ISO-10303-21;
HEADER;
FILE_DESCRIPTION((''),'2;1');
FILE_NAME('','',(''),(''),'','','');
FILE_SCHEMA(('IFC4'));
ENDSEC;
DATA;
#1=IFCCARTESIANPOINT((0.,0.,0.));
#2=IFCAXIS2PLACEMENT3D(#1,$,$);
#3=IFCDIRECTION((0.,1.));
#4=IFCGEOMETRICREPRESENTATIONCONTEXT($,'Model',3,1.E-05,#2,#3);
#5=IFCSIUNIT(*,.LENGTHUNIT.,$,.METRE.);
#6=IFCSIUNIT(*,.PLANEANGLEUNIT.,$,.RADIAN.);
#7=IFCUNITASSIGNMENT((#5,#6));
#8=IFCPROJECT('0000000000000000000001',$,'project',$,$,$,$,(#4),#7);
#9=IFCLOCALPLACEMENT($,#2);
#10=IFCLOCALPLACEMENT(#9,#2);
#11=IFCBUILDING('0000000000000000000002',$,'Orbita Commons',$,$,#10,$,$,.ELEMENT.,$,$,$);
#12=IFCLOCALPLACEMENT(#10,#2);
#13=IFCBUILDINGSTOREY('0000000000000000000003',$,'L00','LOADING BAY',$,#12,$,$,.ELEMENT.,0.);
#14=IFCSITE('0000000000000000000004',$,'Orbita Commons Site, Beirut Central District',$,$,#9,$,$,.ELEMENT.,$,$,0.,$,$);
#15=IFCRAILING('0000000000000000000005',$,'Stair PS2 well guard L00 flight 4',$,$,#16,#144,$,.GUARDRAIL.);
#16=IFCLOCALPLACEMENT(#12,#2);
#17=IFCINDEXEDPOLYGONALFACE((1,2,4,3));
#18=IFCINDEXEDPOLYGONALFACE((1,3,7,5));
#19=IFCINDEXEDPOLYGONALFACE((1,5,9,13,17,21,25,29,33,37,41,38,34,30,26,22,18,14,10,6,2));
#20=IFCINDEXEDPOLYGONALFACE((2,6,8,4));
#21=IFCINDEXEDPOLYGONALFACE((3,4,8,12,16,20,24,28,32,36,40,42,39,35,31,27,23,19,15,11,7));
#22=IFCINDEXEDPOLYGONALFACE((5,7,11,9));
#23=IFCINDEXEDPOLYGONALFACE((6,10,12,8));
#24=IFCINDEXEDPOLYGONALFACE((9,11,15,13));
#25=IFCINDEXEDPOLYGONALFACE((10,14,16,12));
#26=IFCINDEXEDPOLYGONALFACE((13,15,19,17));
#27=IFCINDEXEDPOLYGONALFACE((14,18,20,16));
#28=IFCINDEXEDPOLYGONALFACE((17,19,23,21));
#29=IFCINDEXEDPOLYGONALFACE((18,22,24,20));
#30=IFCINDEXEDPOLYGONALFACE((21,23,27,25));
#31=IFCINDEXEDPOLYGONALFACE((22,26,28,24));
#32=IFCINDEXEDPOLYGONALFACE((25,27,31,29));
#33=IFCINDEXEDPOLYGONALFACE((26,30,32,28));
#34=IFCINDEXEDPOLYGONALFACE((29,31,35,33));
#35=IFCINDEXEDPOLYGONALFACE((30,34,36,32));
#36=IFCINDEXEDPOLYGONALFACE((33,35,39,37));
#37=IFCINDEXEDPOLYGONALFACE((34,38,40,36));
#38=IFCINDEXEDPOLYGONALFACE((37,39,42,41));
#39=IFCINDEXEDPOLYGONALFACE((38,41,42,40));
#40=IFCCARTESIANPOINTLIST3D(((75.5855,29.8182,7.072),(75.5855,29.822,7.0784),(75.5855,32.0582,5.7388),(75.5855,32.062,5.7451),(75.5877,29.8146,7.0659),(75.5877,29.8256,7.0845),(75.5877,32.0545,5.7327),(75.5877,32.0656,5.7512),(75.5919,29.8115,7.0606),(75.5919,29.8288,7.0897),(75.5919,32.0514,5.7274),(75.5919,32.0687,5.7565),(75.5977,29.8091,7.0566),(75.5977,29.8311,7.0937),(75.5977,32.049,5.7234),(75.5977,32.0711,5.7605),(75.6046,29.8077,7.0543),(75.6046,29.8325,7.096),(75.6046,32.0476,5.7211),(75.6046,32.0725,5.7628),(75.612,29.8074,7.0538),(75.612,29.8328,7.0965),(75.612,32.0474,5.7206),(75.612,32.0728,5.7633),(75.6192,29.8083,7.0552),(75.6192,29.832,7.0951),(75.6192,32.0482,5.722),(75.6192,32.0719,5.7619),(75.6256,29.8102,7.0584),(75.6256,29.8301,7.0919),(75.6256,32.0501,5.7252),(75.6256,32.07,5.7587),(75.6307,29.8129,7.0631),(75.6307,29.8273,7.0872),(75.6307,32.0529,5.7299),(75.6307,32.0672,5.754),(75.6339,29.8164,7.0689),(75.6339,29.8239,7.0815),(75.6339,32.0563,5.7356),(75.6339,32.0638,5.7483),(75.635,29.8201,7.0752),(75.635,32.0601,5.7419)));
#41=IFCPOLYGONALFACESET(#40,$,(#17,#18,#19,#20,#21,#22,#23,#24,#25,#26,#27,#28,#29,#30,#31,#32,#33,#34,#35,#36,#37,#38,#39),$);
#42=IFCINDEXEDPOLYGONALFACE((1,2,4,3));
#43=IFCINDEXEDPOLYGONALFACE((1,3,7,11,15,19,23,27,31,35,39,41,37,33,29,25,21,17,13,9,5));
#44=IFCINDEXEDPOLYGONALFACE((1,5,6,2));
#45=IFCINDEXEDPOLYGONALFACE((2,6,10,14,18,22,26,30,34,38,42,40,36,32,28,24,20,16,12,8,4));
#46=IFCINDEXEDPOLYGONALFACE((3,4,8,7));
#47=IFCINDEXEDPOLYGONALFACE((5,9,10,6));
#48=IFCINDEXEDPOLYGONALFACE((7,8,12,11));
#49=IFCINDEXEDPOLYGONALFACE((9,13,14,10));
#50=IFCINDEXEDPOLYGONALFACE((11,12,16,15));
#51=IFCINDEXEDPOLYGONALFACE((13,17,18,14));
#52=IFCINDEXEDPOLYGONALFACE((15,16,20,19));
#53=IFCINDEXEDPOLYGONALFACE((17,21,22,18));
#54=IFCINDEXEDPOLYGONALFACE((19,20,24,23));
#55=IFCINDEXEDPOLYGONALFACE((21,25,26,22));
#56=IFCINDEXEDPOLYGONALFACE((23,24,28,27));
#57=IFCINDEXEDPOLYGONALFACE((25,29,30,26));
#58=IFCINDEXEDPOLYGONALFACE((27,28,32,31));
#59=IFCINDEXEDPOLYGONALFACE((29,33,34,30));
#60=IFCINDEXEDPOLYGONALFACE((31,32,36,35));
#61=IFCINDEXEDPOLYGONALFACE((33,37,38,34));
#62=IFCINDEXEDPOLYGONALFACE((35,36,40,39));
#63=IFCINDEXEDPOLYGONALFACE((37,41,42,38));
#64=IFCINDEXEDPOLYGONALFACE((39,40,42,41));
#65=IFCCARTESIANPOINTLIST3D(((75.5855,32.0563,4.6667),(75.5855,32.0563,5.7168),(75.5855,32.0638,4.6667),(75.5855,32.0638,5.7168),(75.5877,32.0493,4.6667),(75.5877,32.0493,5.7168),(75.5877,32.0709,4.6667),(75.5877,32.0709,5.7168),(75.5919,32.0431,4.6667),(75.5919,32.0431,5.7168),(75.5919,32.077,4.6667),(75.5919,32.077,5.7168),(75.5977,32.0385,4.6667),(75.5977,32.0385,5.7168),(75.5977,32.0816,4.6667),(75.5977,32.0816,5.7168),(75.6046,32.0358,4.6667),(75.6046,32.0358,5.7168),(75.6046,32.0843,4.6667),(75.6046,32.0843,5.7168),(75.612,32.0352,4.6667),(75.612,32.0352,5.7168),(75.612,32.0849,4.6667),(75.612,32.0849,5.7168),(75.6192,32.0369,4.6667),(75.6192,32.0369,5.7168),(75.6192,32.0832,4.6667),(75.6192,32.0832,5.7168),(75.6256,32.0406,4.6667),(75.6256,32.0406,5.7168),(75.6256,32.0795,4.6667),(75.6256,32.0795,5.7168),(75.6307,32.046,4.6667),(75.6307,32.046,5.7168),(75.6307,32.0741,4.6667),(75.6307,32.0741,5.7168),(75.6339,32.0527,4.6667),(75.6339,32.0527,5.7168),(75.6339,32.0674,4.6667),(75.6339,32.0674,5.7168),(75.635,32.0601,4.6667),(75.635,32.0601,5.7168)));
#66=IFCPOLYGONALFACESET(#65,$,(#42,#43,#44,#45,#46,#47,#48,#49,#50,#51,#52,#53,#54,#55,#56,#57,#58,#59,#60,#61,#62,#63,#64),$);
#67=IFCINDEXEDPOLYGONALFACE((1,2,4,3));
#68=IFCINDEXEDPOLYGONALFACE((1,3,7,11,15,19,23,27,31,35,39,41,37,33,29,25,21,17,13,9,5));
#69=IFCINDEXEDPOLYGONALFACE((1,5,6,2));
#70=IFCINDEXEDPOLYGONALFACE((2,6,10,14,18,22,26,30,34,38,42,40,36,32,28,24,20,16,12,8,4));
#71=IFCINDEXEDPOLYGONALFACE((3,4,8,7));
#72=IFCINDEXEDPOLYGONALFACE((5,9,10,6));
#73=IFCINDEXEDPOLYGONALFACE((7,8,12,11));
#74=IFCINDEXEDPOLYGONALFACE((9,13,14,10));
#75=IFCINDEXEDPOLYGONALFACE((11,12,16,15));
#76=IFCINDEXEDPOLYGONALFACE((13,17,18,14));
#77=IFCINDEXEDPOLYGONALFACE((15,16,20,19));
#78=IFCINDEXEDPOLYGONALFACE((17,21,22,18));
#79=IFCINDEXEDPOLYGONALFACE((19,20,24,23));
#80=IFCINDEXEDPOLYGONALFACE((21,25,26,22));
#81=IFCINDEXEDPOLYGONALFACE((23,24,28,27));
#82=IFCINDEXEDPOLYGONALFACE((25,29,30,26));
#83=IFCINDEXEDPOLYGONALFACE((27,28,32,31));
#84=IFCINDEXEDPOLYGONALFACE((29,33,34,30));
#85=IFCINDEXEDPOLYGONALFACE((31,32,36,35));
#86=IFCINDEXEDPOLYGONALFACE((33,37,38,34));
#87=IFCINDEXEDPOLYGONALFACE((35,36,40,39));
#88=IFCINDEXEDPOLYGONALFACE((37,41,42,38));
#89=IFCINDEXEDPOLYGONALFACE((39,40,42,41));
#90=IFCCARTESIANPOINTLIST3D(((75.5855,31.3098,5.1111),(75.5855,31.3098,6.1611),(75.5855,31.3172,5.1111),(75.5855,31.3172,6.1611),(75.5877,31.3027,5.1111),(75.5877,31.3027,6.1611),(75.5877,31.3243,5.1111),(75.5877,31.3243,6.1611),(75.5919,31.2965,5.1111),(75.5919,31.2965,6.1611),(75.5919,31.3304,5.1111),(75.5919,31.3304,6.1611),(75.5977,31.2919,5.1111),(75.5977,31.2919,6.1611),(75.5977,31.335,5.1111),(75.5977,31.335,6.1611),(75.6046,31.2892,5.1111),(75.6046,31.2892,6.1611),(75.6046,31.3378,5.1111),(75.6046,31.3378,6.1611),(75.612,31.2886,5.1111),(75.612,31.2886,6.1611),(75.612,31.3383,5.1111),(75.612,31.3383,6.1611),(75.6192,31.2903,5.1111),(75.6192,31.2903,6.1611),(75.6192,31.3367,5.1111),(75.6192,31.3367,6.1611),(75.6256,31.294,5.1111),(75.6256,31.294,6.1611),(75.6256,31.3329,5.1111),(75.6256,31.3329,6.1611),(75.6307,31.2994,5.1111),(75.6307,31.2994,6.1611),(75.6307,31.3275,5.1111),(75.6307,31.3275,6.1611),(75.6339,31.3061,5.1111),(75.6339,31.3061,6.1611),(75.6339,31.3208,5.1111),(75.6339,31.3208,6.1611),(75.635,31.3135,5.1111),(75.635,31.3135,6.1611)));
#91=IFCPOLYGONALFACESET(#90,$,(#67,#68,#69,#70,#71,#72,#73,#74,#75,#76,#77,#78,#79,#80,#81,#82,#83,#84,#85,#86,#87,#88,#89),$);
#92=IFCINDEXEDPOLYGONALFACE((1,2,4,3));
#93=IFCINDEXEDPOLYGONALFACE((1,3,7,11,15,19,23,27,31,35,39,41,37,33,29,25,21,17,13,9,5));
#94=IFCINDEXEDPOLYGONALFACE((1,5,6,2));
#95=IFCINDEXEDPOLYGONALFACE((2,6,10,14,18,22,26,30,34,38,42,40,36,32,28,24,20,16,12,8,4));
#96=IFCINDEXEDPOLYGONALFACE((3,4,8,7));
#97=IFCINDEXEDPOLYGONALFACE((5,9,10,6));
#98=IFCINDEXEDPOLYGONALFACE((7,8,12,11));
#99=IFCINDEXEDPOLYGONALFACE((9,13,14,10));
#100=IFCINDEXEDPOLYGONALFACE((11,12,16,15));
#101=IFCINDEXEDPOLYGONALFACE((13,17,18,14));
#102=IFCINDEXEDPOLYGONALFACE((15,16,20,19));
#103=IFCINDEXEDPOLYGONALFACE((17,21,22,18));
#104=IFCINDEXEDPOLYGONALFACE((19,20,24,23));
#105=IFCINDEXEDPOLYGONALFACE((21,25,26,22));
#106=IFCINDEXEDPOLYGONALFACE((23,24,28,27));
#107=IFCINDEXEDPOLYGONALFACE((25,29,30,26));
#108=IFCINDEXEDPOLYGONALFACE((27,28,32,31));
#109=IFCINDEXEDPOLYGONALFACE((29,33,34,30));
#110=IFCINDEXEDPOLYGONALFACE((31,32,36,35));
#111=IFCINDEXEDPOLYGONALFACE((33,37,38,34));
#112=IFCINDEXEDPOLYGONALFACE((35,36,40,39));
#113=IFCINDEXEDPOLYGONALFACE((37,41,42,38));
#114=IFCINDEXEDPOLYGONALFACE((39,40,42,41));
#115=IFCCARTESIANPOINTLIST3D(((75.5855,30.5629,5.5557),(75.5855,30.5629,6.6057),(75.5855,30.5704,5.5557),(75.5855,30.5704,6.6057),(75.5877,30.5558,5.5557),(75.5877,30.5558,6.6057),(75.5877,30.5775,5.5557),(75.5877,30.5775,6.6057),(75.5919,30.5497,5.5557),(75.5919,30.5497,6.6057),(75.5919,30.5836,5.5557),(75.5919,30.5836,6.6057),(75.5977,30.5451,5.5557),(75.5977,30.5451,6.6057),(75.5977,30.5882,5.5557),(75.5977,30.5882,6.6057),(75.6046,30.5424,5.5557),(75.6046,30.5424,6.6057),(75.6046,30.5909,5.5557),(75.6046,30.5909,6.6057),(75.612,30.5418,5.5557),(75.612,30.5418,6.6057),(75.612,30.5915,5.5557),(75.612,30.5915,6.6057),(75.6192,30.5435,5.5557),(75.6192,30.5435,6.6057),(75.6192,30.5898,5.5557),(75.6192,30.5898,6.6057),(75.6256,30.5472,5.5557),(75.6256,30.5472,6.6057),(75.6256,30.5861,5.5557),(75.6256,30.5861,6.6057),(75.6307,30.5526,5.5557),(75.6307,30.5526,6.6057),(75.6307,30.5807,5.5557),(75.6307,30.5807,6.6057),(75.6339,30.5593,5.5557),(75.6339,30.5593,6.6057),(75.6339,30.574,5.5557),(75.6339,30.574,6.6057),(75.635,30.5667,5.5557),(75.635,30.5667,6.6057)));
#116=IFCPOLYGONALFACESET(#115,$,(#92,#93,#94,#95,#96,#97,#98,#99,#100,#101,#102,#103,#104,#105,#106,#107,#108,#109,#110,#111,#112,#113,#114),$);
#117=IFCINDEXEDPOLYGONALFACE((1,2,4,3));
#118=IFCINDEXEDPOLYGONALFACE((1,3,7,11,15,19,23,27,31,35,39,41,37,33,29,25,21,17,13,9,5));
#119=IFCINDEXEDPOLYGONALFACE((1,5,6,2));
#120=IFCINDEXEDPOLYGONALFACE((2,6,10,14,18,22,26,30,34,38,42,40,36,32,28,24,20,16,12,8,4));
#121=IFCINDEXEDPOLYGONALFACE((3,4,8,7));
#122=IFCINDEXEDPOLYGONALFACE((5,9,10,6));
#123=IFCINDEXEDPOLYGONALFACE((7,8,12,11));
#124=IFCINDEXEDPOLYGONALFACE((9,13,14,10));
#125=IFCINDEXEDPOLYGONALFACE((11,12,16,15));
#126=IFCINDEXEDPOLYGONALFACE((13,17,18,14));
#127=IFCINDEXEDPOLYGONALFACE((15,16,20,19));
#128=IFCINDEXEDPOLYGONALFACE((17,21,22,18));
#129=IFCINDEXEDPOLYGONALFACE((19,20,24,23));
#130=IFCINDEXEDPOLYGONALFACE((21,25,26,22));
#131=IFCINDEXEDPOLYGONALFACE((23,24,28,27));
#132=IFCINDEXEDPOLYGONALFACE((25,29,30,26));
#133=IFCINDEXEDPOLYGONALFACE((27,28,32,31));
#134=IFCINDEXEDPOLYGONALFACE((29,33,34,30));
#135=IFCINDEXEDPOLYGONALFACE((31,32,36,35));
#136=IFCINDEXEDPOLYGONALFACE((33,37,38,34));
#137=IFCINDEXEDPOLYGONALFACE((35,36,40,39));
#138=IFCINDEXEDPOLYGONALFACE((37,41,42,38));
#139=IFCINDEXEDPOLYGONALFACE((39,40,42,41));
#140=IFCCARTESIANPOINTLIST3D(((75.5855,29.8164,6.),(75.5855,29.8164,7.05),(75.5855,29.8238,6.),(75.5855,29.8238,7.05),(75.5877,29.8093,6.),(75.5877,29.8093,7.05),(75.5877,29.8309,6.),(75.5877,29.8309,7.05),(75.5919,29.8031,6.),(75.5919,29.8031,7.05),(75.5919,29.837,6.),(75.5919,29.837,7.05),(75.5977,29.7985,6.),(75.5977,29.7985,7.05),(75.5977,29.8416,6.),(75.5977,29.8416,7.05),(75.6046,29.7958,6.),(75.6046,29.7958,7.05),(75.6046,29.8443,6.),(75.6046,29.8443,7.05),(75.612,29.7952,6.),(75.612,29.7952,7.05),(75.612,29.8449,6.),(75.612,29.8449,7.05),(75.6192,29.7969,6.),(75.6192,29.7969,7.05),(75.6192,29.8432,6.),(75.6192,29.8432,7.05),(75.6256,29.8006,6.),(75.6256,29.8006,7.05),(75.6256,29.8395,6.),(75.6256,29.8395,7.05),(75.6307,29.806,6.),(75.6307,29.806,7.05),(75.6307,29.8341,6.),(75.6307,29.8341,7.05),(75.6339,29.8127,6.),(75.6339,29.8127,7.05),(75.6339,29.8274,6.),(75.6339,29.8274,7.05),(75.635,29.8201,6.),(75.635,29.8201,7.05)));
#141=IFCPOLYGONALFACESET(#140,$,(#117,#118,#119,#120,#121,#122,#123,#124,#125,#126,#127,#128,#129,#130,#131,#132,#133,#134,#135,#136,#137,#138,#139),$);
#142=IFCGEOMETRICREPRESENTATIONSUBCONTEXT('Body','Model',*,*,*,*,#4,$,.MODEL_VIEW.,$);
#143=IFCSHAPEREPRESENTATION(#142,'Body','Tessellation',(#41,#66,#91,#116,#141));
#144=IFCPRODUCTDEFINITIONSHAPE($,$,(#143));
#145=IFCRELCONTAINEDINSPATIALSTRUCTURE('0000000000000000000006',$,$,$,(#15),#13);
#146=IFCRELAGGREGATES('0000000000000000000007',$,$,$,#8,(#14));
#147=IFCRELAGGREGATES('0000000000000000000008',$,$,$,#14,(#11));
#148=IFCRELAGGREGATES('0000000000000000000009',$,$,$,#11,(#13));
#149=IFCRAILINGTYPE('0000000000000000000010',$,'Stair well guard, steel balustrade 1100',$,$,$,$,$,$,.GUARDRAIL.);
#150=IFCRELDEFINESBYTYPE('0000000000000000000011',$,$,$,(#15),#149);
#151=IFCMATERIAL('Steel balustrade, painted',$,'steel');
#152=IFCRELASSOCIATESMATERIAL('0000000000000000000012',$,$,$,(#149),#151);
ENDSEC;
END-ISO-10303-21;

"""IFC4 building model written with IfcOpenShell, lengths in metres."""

from ifc_helpers import new_model, si_unit, direction, frame, origin, origin_2d, place, context, subcontext, project, spatial, circle, extrude, material, type_object, element, save


model = new_model("IFC4")

# Units and contexts
model_context = context("Model", 3, precision=1e-05, world=origin(), true_north=direction((0.0, 1.0)))
body_context = subcontext(model_context, "Body", "Model", "MODEL_VIEW")
ifc_project = project(units=[si_unit("LENGTHUNIT", "METRE"), si_unit("PLANEANGLEUNIT", "RADIAN")], contexts=[model_context])

# Site, building, storey
site_placement = place(None, origin())
site = spatial("IfcSite", under=ifc_project, at=site_placement, Name="Orbita Commons Site, Beirut Central District", CompositionType="ELEMENT", RefElevation=0.0)
building_placement = place(site_placement, origin())
building = spatial("IfcBuilding", under=site, at=building_placement, Name="Orbita Commons", CompositionType="ELEMENT")
storey_placement = place(building_placement, origin())
storey = spatial("IfcBuildingStorey", under=building, at=storey_placement, Name="L00", Description="LOADING BAY", CompositionType="ELEMENT", Elevation=0.0)

# Railing
ifc_material_1 = material(Name="Steel balustrade, painted", Category="steel")
railing_type_1 = type_object("IfcRailingType", Name="Stair well guard, steel balustrade 1100", PredefinedType="GUARDRAIL", material=ifc_material_1)
railing_1_placement = place(storey_placement, frame((75.6101, 32.0601, 4.6667)))
element("IfcRailing", 1, at=railing_1_placement, inside=storey, type_object=railing_type_1, Name="Stair PS2 well guard L00 flight 4", PredefinedType="GUARDRAIL", context=body_context, shape_type="SweptSolid", body=[
    extrude(circle(Radius=0.0249, at=origin_2d()), frame((0.0, 0.0, 1.0752), z_axis=(0.0, -0.859306, 0.511462), x_axis=(1.0, 0.0, 0.0)), (0.0, 0.0, 1.0), 2.6067),
    extrude(circle(Radius=0.0249, at=origin_2d()), origin(), (0.0, 0.0, 1.0), 1.05),
    extrude(circle(Radius=0.0249, at=origin_2d()), frame((0.0, -0.7466, 0.4443)), (0.0, 0.0, 1.0), 1.05),
    extrude(circle(Radius=0.0249, at=origin_2d()), frame((0.0, -1.4934, 0.8889)), (0.0, 0.0, 1.0), 1.05),
    extrude(circle(Radius=0.0249, at=origin_2d()), frame((0.0, -2.24, 1.3333)), (0.0, 0.0, 1.0), 1.05),
])

save(model, "model.ifc")
